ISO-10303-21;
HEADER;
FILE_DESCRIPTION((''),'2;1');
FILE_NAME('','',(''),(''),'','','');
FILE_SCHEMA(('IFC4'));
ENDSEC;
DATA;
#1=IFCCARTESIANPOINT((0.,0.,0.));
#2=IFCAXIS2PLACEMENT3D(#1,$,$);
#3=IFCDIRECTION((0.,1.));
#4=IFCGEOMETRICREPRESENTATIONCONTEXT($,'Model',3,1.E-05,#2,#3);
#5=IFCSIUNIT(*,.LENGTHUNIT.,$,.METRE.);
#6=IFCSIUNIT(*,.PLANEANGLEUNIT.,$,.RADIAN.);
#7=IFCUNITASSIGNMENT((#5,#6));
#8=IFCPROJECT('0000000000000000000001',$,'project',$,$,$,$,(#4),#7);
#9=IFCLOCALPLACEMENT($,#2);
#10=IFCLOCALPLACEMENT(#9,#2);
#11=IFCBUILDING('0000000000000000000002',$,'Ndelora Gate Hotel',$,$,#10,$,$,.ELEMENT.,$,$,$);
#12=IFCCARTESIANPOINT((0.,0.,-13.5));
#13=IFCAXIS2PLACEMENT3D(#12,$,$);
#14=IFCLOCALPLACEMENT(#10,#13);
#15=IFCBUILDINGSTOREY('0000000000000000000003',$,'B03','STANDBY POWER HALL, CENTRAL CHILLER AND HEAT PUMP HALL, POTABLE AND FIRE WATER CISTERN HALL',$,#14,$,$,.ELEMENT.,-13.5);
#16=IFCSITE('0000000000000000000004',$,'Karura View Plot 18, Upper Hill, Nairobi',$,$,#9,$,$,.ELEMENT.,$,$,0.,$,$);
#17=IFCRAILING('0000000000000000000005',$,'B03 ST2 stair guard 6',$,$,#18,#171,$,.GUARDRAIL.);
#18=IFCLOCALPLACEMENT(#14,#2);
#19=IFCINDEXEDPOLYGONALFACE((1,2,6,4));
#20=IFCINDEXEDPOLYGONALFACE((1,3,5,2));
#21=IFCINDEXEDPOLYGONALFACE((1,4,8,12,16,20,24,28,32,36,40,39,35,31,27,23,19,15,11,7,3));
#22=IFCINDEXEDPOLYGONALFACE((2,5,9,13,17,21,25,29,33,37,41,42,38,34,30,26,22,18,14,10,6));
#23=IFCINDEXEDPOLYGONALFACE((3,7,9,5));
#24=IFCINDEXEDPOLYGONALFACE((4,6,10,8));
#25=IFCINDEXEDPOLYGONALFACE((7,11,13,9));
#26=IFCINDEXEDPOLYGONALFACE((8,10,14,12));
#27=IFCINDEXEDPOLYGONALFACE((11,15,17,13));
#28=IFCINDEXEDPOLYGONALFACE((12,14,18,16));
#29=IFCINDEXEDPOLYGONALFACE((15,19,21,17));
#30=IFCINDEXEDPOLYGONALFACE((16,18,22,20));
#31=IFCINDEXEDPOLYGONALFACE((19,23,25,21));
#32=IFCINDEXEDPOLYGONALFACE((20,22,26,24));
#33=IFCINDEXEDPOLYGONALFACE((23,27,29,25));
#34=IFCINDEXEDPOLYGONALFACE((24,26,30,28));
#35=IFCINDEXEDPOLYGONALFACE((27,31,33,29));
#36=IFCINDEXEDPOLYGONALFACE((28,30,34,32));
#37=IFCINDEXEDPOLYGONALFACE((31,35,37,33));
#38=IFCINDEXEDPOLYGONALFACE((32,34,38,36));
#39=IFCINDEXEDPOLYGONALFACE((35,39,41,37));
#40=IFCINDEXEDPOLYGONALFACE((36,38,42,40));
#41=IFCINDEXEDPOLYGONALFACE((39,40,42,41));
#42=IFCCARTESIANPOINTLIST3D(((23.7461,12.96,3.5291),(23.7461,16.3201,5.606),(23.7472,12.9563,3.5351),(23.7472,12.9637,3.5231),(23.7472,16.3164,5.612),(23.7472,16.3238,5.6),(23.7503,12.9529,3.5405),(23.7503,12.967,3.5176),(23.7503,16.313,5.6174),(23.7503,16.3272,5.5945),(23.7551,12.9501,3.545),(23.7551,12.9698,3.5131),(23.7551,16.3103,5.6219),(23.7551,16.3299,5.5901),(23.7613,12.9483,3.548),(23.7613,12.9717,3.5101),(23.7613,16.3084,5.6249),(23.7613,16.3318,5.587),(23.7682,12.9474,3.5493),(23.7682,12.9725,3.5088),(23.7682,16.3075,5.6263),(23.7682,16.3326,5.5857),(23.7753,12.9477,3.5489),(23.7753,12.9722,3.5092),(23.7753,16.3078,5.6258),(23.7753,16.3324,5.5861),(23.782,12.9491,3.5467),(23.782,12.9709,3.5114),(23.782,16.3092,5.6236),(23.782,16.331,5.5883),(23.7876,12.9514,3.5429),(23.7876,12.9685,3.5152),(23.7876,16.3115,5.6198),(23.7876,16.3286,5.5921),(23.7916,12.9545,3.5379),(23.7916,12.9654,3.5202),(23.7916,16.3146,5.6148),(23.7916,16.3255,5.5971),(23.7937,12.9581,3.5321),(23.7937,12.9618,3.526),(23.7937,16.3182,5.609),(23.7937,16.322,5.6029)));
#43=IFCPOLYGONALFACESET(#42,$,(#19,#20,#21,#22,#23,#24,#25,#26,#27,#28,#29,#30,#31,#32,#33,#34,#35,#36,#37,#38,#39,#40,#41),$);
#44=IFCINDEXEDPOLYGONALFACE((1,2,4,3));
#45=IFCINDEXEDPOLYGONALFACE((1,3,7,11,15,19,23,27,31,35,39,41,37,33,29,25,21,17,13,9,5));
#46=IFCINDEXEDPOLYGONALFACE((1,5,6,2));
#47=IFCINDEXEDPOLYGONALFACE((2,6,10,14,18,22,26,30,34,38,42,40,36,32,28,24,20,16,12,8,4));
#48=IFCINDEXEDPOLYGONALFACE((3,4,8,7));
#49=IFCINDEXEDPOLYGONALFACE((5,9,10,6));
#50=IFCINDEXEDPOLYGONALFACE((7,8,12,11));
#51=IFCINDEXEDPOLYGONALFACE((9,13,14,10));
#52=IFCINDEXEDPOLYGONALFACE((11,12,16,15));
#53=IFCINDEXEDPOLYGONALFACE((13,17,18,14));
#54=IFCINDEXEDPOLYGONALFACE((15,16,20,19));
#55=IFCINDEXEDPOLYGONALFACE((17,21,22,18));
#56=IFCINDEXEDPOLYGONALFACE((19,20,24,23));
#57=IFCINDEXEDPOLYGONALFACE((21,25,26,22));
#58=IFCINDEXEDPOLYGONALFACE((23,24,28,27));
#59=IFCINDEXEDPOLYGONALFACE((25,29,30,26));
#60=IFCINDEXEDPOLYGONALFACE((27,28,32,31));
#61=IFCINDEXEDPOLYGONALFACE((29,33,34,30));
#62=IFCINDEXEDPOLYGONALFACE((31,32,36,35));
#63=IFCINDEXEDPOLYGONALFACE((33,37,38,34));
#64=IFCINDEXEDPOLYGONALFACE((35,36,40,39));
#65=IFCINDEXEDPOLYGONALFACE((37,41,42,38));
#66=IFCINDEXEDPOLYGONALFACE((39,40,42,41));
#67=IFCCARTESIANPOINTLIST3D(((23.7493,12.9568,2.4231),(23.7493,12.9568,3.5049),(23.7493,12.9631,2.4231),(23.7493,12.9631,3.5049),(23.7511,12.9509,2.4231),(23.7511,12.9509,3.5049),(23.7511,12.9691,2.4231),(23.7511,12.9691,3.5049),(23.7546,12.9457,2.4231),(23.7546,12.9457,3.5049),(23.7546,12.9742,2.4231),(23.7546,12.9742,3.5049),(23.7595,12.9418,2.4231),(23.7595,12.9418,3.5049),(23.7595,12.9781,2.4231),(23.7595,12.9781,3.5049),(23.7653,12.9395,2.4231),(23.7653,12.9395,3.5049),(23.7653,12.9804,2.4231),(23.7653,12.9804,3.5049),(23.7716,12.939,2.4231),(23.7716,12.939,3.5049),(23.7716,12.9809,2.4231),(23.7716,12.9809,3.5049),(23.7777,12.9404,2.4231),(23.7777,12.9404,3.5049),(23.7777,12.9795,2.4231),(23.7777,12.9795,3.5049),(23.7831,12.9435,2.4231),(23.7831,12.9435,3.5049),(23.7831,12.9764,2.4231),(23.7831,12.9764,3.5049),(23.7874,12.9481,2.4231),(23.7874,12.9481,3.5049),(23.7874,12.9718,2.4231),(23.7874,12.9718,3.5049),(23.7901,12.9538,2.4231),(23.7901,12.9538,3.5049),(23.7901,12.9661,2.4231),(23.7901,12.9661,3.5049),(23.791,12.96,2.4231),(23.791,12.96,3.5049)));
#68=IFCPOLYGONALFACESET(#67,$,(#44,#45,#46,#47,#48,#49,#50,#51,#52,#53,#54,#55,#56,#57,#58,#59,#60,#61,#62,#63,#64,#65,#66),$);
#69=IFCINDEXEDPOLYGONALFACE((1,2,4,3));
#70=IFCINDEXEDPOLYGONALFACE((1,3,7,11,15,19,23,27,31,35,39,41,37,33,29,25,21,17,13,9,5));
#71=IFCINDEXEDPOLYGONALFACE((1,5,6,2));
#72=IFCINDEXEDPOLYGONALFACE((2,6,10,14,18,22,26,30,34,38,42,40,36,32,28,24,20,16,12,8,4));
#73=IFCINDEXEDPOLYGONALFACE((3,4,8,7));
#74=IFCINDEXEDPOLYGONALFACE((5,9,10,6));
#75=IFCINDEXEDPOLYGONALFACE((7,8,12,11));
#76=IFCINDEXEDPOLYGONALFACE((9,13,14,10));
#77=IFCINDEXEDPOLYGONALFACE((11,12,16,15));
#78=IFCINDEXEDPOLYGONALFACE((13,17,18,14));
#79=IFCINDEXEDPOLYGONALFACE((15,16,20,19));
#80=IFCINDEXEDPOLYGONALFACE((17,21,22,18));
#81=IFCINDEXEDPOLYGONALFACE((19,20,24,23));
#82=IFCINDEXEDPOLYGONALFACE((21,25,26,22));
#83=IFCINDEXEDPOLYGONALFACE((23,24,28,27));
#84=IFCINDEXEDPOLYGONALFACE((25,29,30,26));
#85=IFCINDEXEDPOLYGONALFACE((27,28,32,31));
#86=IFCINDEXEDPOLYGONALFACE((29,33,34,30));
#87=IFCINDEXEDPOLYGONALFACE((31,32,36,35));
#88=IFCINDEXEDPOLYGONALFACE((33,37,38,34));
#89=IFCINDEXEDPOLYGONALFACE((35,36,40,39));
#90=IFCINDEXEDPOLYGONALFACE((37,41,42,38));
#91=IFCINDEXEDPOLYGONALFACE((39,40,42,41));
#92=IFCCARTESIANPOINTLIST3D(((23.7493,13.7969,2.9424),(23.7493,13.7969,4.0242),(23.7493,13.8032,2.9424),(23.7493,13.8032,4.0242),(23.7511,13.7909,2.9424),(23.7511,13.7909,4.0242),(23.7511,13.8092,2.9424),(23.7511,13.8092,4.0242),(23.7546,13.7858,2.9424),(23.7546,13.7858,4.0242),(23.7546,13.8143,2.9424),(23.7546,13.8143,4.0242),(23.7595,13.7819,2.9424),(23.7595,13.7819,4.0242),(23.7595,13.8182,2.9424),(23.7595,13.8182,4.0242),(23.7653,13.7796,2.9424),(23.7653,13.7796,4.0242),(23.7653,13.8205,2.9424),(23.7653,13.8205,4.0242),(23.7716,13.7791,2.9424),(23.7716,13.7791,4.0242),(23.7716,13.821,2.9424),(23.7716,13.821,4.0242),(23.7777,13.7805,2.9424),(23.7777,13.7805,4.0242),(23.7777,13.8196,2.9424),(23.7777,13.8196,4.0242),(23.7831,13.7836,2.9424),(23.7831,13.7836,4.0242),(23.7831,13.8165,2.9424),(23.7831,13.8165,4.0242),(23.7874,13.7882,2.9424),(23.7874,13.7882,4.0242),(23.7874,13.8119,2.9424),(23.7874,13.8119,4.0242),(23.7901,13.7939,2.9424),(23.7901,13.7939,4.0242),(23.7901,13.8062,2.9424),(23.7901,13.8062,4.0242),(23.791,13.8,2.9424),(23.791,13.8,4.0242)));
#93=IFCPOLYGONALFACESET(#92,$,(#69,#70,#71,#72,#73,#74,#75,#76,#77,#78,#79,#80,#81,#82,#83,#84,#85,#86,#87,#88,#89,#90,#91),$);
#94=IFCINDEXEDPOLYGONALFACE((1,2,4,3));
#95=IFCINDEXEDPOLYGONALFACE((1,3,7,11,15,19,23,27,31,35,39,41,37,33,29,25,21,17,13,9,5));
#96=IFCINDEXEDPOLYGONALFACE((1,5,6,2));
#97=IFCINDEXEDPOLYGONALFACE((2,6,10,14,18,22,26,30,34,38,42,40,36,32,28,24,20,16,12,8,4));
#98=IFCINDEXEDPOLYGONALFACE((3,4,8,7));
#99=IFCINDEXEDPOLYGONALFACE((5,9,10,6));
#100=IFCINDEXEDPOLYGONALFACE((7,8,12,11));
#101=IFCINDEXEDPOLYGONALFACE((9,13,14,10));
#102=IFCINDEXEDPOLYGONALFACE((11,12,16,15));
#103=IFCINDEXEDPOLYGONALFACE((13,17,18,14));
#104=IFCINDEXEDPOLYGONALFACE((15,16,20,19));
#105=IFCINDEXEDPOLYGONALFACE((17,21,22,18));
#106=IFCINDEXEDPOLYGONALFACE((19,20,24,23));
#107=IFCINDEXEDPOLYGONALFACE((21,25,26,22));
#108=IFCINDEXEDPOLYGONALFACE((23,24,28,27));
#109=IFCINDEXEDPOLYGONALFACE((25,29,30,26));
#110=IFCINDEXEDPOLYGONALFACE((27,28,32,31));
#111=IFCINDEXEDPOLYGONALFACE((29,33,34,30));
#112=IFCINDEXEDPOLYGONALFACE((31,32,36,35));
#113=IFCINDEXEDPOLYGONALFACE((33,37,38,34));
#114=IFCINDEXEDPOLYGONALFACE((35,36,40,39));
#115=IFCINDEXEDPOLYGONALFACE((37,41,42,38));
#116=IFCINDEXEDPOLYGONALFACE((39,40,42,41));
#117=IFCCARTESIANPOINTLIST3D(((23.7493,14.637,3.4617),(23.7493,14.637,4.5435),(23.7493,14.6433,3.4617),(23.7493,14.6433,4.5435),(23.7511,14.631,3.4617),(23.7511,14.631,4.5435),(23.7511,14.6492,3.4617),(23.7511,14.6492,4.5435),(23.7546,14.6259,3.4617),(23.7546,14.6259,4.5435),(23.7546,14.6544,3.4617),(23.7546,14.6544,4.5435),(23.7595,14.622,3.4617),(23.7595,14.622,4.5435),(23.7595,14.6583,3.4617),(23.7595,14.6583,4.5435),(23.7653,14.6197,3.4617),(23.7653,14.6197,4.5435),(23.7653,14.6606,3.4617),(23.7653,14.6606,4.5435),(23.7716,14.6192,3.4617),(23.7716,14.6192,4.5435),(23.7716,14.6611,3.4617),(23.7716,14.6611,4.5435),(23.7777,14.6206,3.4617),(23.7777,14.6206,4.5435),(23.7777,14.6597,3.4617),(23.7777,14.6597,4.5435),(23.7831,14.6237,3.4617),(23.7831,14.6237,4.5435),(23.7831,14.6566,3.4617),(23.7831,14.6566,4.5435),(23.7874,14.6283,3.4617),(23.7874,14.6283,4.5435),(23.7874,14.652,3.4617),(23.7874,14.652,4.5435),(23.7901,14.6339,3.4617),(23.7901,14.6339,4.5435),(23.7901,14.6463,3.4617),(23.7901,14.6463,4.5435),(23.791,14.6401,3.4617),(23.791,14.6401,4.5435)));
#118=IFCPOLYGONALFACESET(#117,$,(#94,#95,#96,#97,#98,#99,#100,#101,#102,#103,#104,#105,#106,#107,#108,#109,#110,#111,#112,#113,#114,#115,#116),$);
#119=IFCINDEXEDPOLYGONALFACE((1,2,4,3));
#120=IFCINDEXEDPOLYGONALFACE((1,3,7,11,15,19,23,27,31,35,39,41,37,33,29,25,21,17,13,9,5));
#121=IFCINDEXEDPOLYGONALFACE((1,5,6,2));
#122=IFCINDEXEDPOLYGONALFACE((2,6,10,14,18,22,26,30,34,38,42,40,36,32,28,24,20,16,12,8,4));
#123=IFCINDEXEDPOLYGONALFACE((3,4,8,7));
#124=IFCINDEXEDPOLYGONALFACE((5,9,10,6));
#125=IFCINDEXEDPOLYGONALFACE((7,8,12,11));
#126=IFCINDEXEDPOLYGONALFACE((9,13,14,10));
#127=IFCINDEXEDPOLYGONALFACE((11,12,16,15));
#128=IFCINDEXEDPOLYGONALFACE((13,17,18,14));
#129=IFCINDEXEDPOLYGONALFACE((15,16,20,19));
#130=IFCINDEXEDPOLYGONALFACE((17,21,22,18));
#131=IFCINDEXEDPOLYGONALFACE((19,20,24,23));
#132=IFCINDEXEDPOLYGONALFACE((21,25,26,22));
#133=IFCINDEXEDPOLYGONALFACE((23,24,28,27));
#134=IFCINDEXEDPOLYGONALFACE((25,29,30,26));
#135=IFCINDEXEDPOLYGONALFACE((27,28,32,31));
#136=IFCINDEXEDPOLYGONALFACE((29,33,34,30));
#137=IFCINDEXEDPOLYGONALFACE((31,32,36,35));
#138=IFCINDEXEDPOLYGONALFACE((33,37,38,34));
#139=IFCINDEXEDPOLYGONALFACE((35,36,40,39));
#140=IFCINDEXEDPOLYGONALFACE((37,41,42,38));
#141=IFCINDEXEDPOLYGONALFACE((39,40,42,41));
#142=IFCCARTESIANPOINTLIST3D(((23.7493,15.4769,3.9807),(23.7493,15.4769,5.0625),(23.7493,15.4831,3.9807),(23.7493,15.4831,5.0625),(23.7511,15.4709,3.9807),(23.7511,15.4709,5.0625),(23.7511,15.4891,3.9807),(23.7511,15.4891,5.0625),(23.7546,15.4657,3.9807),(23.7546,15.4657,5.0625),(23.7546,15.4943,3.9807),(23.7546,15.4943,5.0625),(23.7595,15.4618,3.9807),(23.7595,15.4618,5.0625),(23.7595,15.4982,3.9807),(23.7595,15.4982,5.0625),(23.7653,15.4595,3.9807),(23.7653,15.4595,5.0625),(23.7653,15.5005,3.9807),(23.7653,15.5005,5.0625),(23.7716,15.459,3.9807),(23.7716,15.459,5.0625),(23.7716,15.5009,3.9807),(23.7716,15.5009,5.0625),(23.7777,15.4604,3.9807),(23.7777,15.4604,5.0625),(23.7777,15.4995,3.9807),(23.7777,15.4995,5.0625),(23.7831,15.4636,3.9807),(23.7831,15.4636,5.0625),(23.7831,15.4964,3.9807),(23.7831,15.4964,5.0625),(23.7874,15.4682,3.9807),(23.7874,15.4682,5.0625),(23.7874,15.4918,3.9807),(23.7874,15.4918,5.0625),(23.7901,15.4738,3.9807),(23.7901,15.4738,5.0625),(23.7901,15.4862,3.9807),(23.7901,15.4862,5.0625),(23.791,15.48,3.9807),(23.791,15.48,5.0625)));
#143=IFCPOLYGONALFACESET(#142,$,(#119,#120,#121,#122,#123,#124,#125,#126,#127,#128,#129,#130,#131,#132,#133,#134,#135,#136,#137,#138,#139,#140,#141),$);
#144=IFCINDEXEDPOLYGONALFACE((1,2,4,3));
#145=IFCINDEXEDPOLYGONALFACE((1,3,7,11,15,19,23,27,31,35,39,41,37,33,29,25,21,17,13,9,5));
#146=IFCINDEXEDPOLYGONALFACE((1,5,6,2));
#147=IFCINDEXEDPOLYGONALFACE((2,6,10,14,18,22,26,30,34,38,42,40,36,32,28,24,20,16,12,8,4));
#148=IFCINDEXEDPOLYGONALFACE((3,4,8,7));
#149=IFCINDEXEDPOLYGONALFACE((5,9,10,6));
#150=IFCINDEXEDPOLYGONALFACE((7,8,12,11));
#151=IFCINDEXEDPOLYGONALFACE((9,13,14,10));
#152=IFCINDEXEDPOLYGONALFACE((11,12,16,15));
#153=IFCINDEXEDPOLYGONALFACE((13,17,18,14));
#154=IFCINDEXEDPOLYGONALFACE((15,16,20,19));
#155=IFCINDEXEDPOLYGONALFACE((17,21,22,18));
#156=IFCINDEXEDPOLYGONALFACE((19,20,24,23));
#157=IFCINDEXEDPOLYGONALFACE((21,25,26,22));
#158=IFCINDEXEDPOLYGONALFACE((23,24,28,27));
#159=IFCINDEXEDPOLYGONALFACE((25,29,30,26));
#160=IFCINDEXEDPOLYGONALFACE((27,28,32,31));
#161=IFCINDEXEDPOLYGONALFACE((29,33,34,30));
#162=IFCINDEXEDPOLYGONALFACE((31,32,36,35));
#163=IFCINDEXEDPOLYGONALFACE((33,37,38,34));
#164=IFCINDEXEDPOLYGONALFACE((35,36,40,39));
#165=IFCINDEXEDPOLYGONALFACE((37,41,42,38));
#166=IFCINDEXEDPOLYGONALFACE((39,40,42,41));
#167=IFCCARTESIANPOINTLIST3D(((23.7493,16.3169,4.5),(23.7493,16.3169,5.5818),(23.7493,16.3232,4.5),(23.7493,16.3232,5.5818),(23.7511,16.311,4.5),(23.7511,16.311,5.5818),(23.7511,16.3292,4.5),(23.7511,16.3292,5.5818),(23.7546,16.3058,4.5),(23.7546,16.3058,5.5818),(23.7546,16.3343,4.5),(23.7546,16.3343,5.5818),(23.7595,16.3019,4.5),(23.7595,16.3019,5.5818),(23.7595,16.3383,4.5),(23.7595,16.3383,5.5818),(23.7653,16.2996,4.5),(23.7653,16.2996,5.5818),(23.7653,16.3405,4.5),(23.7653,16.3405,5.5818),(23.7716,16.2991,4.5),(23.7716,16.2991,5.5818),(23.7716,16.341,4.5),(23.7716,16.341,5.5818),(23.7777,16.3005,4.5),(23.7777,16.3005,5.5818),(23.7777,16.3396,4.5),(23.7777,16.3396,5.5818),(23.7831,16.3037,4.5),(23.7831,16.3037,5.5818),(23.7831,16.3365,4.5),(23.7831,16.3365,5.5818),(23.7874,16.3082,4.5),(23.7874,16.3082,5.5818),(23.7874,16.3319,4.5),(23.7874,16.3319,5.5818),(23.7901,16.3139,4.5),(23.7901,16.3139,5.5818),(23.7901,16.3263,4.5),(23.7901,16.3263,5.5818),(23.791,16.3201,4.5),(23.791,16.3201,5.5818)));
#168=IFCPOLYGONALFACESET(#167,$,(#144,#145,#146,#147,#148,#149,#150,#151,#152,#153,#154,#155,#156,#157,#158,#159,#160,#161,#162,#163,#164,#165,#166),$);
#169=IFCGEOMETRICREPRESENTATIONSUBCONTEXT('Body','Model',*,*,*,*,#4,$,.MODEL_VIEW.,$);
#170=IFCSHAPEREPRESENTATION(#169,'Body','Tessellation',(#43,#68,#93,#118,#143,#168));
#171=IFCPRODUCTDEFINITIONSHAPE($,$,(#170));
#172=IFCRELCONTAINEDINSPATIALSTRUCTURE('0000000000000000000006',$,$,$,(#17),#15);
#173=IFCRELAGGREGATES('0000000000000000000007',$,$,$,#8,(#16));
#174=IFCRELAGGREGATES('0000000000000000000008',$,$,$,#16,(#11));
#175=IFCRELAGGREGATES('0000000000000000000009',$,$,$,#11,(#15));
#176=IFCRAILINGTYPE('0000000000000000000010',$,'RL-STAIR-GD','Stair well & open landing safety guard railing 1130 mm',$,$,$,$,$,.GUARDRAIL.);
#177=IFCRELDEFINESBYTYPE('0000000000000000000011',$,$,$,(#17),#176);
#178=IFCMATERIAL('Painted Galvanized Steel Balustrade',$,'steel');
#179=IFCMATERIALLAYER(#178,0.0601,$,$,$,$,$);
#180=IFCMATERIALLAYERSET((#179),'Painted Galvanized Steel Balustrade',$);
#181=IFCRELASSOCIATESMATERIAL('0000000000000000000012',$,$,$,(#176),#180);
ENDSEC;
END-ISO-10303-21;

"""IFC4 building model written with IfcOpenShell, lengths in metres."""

from ifc_helpers import new_model, si_unit, direction, frame, origin, origin_2d, place, context, subcontext, project, spatial, circle, extrude, material, layer, layer_set, type_object, element, save


model = new_model("IFC4")

# Units and contexts
model_context = context("Model", 3, precision=1e-05, world=origin(), true_north=direction((0.0, 1.0)))
body_context = subcontext(model_context, "Body", "Model", "MODEL_VIEW")
ifc_project = project(units=[si_unit("LENGTHUNIT", "METRE"), si_unit("PLANEANGLEUNIT", "RADIAN")], contexts=[model_context])

# Site, building, storey
site_placement = place(None, origin())
site = spatial("IfcSite", under=ifc_project, at=site_placement, Name="Karura View Plot 18, Upper Hill, Nairobi", CompositionType="ELEMENT", RefElevation=0.0)
building_placement = place(site_placement, origin())
building = spatial("IfcBuilding", under=site, at=building_placement, Name="Ndelora Gate Hotel", CompositionType="ELEMENT")
storey_placement = place(building_placement, frame((0.0, 0.0, -13.5)))
storey = spatial("IfcBuildingStorey", under=building, at=storey_placement, Name="B03", Description="STANDBY POWER HALL, CENTRAL CHILLER AND HEAT PUMP HALL, POTABLE AND FIRE WATER CISTERN HALL", CompositionType="ELEMENT", Elevation=-13.5)

# Railing
ifc_material_1 = material(Name="Painted Galvanized Steel Balustrade", Category="steel")
ifc_layer_1 = layer(ifc_material_1, 0.0601)
ifc_layer_set_1 = layer_set([ifc_layer_1], Name="Painted Galvanized Steel Balustrade")
railing_type_1 = type_object("IfcRailingType", Name="RL-STAIR-GD", Description="Stair well & open landing safety guard railing 1130 mm", PredefinedType="GUARDRAIL", material=ifc_layer_set_1)
railing_1_placement = place(storey_placement, frame((23.77, 12.96, 2.4231)))
element("IfcRailing", 1, at=railing_1_placement, inside=storey, type_object=railing_type_1, Name="B03 ST2 stair guard 6", PredefinedType="GUARDRAIL", context=body_context, shape_type="SweptSolid", body=[
    extrude(circle(Radius=0.0239, at=origin_2d()), frame((0.0, 0.0, 1.106), z_axis=(0.0, 0.850623, 0.525776), x_axis=(-1.0, 0.0, 0.0)), (0.0, 0.0, 1.0), 3.9502),
    extrude(circle(Radius=0.021, at=origin_2d()), origin(), (0.0, 0.0, 1.0), 1.0818),
    extrude(circle(Radius=0.021, at=origin_2d()), frame((0.0, 0.8401, 0.5193)), (0.0, 0.0, 1.0), 1.0818),
    extrude(circle(Radius=0.021, at=origin_2d()), frame((0.0, 1.6802, 1.0386)), (0.0, 0.0, 1.0), 1.0818),
    extrude(circle(Radius=0.021, at=origin_2d()), frame((0.0, 2.52, 1.5576)), (0.0, 0.0, 1.0), 1.0818),
    extrude(circle(Radius=0.021, at=origin_2d()), frame((0.0, 3.3601, 2.0769)), (0.0, 0.0, 1.0), 1.0818),
])

save(model, "model.ifc")
